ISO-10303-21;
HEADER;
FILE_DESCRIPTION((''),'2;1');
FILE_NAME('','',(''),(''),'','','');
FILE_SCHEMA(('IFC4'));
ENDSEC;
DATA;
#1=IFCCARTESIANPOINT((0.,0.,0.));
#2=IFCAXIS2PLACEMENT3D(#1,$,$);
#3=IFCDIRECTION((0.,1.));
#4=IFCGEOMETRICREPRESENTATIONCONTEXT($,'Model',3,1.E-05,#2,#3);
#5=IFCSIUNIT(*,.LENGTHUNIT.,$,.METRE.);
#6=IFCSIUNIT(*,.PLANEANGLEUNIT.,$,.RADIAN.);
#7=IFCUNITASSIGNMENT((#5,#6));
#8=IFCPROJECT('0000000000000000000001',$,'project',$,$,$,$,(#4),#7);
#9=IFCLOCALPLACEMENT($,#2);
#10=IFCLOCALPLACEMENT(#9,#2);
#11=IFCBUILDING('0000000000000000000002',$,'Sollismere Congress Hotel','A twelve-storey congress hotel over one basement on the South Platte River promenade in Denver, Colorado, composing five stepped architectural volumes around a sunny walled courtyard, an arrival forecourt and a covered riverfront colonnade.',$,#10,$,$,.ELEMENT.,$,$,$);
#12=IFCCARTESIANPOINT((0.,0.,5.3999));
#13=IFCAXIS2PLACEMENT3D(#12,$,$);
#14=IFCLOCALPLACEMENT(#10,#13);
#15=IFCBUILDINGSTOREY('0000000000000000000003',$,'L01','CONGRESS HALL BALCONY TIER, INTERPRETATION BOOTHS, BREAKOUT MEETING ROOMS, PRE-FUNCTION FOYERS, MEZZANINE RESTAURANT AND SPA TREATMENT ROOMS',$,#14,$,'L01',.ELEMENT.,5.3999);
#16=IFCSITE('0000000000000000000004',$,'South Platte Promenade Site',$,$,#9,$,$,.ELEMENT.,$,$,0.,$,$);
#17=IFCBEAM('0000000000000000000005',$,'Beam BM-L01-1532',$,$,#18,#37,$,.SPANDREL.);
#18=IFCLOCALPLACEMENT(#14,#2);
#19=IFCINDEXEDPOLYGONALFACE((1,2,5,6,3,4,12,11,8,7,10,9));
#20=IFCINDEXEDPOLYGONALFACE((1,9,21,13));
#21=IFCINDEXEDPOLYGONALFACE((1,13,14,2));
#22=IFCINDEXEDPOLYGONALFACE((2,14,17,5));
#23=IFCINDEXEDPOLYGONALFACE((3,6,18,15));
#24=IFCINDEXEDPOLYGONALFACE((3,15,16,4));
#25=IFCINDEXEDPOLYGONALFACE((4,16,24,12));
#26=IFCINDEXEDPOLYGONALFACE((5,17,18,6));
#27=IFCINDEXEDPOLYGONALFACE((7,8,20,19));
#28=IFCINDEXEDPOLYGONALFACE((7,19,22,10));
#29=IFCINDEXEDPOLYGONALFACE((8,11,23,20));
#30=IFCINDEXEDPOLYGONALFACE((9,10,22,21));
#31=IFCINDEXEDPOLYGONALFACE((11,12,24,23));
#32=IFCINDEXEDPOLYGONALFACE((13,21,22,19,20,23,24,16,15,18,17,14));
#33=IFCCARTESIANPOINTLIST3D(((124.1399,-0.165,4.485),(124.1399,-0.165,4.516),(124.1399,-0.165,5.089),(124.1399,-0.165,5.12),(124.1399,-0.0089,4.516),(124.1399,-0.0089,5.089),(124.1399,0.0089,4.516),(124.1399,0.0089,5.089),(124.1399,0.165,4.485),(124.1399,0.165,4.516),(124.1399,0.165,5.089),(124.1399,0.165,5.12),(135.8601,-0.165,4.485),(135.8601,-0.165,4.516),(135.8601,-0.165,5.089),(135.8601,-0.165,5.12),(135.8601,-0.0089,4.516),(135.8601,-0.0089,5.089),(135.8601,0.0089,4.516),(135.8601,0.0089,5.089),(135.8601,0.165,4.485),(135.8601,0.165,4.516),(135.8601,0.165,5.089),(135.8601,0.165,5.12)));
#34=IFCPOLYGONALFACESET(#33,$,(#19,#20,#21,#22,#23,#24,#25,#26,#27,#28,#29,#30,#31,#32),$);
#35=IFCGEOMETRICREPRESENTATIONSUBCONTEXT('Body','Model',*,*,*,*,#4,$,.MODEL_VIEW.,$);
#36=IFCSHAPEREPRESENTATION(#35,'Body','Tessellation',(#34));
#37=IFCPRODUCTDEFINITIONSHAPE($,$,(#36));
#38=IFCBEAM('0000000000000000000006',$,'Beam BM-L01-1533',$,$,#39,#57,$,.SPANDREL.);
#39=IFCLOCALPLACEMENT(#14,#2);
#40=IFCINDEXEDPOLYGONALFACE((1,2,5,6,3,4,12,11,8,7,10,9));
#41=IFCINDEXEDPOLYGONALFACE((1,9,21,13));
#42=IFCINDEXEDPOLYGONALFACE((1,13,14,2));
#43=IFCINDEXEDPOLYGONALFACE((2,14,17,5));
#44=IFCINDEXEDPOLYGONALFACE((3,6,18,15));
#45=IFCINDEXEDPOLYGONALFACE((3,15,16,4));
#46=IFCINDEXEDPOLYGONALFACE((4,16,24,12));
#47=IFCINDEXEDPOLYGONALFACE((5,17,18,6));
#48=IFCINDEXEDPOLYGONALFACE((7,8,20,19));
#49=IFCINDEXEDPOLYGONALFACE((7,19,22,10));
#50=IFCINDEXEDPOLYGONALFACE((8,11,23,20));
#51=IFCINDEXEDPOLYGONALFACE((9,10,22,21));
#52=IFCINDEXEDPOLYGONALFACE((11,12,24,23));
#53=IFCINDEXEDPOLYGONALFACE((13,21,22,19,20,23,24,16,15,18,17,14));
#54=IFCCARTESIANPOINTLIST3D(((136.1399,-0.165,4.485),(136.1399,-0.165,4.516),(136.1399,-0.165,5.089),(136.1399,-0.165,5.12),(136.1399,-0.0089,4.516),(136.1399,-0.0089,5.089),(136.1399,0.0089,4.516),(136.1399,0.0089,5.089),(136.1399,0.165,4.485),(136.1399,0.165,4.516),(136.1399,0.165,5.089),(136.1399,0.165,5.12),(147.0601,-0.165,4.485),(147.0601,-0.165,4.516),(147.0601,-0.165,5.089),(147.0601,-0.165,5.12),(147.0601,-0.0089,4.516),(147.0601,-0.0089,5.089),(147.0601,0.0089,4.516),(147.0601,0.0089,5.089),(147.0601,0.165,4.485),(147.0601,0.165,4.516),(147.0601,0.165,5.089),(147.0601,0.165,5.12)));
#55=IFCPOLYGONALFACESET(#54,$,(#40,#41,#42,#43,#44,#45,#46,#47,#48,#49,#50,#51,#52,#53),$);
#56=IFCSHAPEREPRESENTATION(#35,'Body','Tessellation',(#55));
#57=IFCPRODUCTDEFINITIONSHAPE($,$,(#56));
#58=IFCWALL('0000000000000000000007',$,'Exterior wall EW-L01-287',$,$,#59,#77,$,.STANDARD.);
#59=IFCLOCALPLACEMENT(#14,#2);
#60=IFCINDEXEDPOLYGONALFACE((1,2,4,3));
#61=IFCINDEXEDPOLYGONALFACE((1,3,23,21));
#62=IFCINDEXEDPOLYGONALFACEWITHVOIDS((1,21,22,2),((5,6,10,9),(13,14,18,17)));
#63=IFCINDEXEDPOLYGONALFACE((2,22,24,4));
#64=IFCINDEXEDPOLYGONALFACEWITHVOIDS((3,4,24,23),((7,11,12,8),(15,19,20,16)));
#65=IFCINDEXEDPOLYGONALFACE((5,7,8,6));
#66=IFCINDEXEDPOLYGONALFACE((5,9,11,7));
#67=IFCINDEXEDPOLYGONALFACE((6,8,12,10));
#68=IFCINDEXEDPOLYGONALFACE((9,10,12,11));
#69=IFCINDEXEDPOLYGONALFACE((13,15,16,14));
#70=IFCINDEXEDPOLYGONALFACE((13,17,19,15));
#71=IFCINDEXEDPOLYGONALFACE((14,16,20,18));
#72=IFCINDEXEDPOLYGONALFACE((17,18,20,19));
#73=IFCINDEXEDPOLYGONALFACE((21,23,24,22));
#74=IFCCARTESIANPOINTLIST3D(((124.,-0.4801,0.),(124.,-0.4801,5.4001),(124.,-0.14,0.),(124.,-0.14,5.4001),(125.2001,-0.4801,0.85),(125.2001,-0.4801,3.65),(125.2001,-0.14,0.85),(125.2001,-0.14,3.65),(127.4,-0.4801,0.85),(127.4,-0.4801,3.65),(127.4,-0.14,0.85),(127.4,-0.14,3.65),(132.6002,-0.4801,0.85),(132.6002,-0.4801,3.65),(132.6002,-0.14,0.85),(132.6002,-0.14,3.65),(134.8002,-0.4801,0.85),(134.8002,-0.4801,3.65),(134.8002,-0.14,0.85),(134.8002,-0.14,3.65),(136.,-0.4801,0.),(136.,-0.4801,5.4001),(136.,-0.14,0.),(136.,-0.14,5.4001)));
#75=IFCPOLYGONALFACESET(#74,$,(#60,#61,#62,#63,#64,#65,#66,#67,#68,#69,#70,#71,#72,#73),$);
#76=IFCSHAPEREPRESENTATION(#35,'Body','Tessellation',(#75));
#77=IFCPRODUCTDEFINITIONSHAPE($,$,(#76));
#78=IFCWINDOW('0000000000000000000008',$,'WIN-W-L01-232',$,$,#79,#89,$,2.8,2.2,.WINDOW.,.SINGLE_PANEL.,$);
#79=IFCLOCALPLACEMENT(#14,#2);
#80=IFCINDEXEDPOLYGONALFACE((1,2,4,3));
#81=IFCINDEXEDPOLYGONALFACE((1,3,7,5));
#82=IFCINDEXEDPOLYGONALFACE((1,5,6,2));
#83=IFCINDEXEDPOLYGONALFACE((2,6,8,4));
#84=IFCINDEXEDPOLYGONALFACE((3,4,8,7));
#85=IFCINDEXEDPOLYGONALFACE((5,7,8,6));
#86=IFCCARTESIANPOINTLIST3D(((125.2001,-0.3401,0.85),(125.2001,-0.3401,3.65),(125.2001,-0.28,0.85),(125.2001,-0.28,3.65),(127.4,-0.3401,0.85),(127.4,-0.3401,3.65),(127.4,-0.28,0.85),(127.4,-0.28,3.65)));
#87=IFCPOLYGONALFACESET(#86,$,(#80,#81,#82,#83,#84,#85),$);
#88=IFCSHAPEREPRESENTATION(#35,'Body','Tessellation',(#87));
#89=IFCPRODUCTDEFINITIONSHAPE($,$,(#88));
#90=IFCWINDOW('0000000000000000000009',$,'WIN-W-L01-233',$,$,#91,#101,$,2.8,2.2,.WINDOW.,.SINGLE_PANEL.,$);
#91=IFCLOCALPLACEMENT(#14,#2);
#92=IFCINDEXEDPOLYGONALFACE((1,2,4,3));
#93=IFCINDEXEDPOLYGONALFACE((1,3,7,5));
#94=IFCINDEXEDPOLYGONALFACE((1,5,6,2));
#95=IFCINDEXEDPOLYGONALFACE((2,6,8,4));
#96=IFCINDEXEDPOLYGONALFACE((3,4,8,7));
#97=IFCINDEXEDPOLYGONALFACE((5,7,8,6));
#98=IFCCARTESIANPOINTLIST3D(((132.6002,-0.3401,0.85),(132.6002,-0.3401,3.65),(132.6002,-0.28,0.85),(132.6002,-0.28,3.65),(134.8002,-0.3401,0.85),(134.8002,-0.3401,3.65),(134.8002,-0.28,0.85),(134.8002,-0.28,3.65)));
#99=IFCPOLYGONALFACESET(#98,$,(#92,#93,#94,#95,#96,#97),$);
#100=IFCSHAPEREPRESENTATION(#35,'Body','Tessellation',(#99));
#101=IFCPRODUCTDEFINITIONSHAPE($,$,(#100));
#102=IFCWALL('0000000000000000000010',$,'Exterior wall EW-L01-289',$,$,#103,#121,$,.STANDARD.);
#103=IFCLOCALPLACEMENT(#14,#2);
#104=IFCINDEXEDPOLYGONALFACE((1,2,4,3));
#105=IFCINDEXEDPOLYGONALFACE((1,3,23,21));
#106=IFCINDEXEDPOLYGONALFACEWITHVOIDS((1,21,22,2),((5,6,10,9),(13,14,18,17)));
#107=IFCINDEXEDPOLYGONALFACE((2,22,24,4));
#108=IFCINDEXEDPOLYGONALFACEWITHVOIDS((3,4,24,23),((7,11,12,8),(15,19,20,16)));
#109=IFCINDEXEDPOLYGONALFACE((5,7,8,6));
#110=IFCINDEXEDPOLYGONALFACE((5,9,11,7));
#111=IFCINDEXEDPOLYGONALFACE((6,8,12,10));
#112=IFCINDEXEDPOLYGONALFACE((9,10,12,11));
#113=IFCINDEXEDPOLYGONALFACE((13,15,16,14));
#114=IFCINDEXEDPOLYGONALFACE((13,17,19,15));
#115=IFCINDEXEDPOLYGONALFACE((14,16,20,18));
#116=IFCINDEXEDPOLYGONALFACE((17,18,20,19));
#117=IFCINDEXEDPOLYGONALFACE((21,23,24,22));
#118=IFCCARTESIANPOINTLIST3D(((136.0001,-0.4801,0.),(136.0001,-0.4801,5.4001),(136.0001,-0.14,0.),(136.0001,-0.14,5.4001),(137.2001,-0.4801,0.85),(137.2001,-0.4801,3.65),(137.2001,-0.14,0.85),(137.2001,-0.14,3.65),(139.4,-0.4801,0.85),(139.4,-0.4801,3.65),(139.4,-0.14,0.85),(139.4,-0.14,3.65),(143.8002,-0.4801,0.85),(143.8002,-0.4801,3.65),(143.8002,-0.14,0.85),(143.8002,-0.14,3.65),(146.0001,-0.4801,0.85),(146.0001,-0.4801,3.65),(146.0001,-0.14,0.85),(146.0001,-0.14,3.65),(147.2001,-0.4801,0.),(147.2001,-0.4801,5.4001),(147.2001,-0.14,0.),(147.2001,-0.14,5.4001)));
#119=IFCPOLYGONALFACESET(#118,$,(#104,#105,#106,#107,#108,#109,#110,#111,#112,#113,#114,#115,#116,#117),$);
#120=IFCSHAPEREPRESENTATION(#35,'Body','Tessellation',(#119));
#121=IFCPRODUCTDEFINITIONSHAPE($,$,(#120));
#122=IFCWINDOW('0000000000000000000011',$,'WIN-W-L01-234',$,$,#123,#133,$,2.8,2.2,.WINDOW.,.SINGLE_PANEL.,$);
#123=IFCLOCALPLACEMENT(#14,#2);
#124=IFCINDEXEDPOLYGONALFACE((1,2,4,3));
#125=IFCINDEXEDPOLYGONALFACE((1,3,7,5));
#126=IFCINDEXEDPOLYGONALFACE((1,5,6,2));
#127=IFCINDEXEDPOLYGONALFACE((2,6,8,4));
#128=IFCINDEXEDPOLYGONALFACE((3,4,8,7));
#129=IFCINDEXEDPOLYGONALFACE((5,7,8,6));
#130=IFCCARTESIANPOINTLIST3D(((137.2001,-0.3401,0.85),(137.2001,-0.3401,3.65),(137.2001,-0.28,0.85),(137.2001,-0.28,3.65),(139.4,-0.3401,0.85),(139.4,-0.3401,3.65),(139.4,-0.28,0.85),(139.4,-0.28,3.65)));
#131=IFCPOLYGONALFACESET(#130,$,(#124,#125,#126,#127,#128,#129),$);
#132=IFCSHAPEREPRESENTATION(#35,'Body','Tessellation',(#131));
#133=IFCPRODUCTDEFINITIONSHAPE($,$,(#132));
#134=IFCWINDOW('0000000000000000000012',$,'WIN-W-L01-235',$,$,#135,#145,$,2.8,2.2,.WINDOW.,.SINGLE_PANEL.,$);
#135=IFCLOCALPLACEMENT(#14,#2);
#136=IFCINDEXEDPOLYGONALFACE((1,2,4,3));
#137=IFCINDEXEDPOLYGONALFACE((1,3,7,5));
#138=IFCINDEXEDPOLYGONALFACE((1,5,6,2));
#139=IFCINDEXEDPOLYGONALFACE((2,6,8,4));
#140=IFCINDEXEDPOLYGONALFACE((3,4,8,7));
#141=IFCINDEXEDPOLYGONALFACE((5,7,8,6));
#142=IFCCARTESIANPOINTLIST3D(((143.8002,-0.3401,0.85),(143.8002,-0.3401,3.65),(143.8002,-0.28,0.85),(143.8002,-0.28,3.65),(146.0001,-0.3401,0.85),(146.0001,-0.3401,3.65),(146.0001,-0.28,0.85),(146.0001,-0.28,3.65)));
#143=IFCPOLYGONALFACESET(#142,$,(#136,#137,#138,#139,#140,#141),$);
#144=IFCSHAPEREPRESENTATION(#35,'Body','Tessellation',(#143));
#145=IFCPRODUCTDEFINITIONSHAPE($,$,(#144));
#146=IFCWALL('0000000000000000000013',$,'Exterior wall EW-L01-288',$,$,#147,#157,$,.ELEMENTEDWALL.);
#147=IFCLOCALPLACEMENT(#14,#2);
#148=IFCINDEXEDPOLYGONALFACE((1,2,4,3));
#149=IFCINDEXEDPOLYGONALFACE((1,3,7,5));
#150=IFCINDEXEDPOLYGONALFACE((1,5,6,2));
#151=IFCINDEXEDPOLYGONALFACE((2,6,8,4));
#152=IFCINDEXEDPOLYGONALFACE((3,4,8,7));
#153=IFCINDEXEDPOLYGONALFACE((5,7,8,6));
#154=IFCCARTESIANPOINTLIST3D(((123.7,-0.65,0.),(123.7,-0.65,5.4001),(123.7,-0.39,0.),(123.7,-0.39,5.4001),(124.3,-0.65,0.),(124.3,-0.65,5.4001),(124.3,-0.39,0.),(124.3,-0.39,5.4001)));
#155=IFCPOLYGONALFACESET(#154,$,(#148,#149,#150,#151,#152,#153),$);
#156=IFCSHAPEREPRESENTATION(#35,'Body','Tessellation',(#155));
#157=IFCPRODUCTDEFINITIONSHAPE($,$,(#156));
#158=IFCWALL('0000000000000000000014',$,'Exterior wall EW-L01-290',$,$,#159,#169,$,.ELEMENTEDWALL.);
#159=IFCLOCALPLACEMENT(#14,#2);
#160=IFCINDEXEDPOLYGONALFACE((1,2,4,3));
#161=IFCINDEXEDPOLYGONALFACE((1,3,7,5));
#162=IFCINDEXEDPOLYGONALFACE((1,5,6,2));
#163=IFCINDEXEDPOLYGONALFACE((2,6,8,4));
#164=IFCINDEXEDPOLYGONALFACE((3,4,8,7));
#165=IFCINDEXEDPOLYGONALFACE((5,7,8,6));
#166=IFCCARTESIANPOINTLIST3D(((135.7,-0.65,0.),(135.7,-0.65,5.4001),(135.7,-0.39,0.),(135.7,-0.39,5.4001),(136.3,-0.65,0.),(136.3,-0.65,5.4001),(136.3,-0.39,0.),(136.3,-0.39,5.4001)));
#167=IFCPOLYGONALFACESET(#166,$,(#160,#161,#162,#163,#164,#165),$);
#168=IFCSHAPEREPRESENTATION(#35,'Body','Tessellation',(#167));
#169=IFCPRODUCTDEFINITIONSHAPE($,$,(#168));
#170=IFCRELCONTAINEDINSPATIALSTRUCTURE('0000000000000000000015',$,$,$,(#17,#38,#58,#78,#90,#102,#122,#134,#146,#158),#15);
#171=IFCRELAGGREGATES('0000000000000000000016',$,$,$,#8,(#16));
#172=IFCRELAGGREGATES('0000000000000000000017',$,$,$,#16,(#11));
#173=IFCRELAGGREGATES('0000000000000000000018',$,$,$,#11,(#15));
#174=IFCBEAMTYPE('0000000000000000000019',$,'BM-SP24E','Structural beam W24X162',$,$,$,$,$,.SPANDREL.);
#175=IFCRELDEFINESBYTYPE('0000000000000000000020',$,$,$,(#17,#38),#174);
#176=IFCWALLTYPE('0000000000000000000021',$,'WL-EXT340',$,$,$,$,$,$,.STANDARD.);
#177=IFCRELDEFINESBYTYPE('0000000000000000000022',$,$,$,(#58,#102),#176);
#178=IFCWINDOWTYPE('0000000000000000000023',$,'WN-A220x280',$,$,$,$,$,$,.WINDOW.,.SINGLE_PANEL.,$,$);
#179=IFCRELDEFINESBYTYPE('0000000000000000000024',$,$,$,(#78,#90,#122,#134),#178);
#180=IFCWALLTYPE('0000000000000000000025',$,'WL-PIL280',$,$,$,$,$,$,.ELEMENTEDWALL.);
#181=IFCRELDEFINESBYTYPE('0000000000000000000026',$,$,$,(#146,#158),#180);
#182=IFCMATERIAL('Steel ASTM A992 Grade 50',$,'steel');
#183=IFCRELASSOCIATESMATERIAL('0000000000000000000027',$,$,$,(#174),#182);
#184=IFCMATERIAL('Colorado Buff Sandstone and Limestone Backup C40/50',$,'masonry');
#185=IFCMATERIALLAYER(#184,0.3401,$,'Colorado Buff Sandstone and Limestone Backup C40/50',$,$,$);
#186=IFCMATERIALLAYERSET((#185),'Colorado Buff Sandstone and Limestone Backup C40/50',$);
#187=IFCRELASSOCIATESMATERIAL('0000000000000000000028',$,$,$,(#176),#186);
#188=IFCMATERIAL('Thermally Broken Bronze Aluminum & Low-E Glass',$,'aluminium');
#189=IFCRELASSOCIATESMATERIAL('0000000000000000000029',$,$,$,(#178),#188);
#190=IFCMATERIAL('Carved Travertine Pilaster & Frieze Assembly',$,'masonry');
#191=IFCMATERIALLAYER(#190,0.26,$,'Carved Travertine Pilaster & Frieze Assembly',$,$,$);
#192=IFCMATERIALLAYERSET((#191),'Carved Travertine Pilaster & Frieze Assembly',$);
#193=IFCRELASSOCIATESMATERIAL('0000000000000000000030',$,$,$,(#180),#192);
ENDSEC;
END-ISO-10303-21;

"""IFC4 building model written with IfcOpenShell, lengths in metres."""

from ifc_helpers import new_model, si_unit, direction, frame, frame_2d, origin, origin_2d, place, context, subcontext, project, spatial, rectangle, i_section, extrude, material, layer, layer_set, material_profile, profile_set, type_object, element, fill, save


model = new_model("IFC4")

# Units and contexts
model_context = context("Model", 3, precision=1e-05, world=origin(), true_north=direction((0.0, 1.0)))
body_context = subcontext(model_context, "Body", "Model", "MODEL_VIEW")
ifc_project = project(units=[si_unit("LENGTHUNIT", "METRE"), si_unit("PLANEANGLEUNIT", "RADIAN")], contexts=[model_context])

# Site, building, storey
site_placement = place(None, origin())
site = spatial("IfcSite", under=ifc_project, at=site_placement, Name="South Platte Promenade Site", CompositionType="ELEMENT", RefElevation=0.0)
building_placement = place(site_placement, origin())
building = spatial("IfcBuilding", under=site, at=building_placement, Name="Sollismere Congress Hotel", Description="A twelve-storey congress hotel over one basement on the South Platte River promenade in Denver, Colorado, composing five stepped architectural volumes around a sunny walled courtyard, an arrival forecourt and a covered riverfront colonnade.", CompositionType="ELEMENT")
storey_placement = place(building_placement, frame((0.0, 0.0, 5.3999)))
storey = spatial("IfcBuildingStorey", under=building, at=storey_placement, Name="L01", Description="CONGRESS HALL BALCONY TIER, INTERPRETATION BOOTHS, BREAKOUT MEETING ROOMS, PRE-FUNCTION FOYERS, MEZZANINE RESTAURANT AND SPA TREATMENT ROOMS", LongName="L01", CompositionType="ELEMENT", Elevation=5.3999)

# Shared definitions
ifc_material_1 = material(Name="Steel ASTM A992 Grade 50", Category="steel")

# Beams
ifc_material_profile_1 = material_profile(ifc_material_1, i_section(OverallWidth=0.3301, OverallDepth=0.635, WebThickness=0.0178, FlangeThickness=0.031, at=origin_2d()), Name="W24X162")
ifc_profile_set_1 = profile_set([ifc_material_profile_1], Name="Steel ASTM A992 Grade 50")
beam_type_1 = type_object("IfcBeamType", Name="BM-SP24E", Description="Structural beam W24X162", PredefinedType="SPANDREL", material=ifc_profile_set_1)
beam_1_placement = place(storey_placement, frame((124.1399, 0.0, 4.8025), z_axis=(1.0, 0.0, 0.0), x_axis=(0.0, 1.0, 0.0)))
element("IfcBeam", 1, at=beam_1_placement, inside=storey, type_object=beam_type_1, Name="Beam BM-L01-1532", PredefinedType="SPANDREL", context=body_context, shape_type="SweptSolid", body=[
    extrude(i_section(OverallWidth=0.3301, OverallDepth=0.635, WebThickness=0.0178, FlangeThickness=0.031, at=origin_2d()), origin(), (0.0, 0.0, 1.0), 11.7202),
])
beam_2_placement = place(storey_placement, frame((136.1399, 0.0, 4.8025), z_axis=(1.0, 0.0, 0.0), x_axis=(0.0, 1.0, 0.0)))
element("IfcBeam", 2, at=beam_2_placement, inside=storey, type_object=beam_type_1, Name="Beam BM-L01-1533", PredefinedType="SPANDREL", context=body_context, shape_type="SweptSolid", body=[
    extrude(i_section(OverallWidth=0.3301, OverallDepth=0.635, WebThickness=0.0178, FlangeThickness=0.031, at=origin_2d()), origin(), (0.0, 0.0, 1.0), 10.9202),
])

# Walls, openings, windows
ifc_material_2 = material(Name="Colorado Buff Sandstone and Limestone Backup C40/50", Category="masonry")
ifc_layer_1 = layer(ifc_material_2, 0.3401, Name="Colorado Buff Sandstone and Limestone Backup C40/50")
ifc_layer_set_1 = layer_set([ifc_layer_1], Name="Colorado Buff Sandstone and Limestone Backup C40/50")
wall_type_1 = type_object("IfcWallType", Name="WL-EXT340", PredefinedType="STANDARD", material=ifc_layer_set_1)
wall_1_placement = place(storey_placement, frame((124.0, -0.3101, 0.0), z_axis=(0.0, 0.0, 1.0), x_axis=(1.0, 0.0, 0.0)))
wall_1 = element("IfcWall", 3, at=wall_1_placement, inside=storey, type_object=wall_type_1, Name="Exterior wall EW-L01-287", PredefinedType="STANDARD", context=body_context, shape_type="SweptSolid", body=[
    extrude(rectangle(XDim=12.0, YDim=0.3401, at=frame_2d((6.0, 0.0))), origin(), (0.0, 0.0, 1.0), 5.4001),
])
opening_1_placement = place(wall_1_placement, frame((1.2, 0.0, 0.8501)))
opening_1 = element("IfcOpeningElement", 4, at=opening_1_placement, cuts=wall_1, PredefinedType="OPENING", context=body_context, shape_type="SweptSolid", body=[
    extrude(rectangle(XDim=2.2, YDim=2.8, at=frame_2d((1.1001, 1.3999))), frame((0.0, 0.1799, 0.0), z_axis=(0.0, -1.0, 0.0), x_axis=(1.0, 0.0, 0.0)), (0.0, 0.0, 1.0), 0.3601),
])
opening_2_placement = place(wall_1_placement, frame((8.6001, 0.0, 0.8501)))
opening_2 = element("IfcOpeningElement", 5, at=opening_2_placement, cuts=wall_1, PredefinedType="OPENING", context=body_context, shape_type="SweptSolid", body=[
    extrude(rectangle(XDim=2.2, YDim=2.8, at=frame_2d((1.1001, 1.3999))), frame((0.0, 0.1799, 0.0), z_axis=(0.0, -1.0, 0.0), x_axis=(1.0, 0.0, 0.0)), (0.0, 0.0, 1.0), 0.3601),
])
ifc_material_3 = material(Name="Thermally Broken Bronze Aluminum & Low-E Glass", Category="aluminium")
window_type = type_object("IfcWindowType", Name="WN-A220x280", PartitioningType="SINGLE_PANEL", PredefinedType="WINDOW", material=ifc_material_3)
window_1_placement = place(opening_1_placement, origin())
window_1 = element("IfcWindow", 6, at=window_1_placement, inside=storey, type_object=window_type, Name="WIN-W-L01-232", OverallHeight=2.8, OverallWidth=2.2, PartitioningType="SINGLE_PANEL", PredefinedType="WINDOW", context=body_context, shape_type="SweptSolid", body=[
    extrude(rectangle(XDim=2.2, YDim=2.8, at=frame_2d((1.1001, 1.3999))), frame((0.0, 0.03, 0.0), z_axis=(0.0, -1.0, 0.0), x_axis=(1.0, 0.0, 0.0)), (0.0, 0.0, 1.0), 0.0601),
])
fill(opening_1, window_1)
window_2_placement = place(opening_2_placement, origin())
window_2 = element("IfcWindow", 7, at=window_2_placement, inside=storey, type_object=window_type, Name="WIN-W-L01-233", OverallHeight=2.8, OverallWidth=2.2, PartitioningType="SINGLE_PANEL", PredefinedType="WINDOW", context=body_context, shape_type="SweptSolid", body=[
    extrude(rectangle(XDim=2.2, YDim=2.8, at=frame_2d((1.1001, 1.3999))), frame((0.0, 0.03, 0.0), z_axis=(0.0, -1.0, 0.0), x_axis=(1.0, 0.0, 0.0)), (0.0, 0.0, 1.0), 0.0601),
])
fill(opening_2, window_2)
wall_2_placement = place(storey_placement, frame((136.0, -0.3101, 0.0), z_axis=(0.0, 0.0, 1.0), x_axis=(1.0, 0.0, 0.0)))
wall_2 = element("IfcWall", 8, at=wall_2_placement, inside=storey, type_object=wall_type_1, Name="Exterior wall EW-L01-289", PredefinedType="STANDARD", context=body_context, shape_type="SweptSolid", body=[
    extrude(rectangle(XDim=11.2, YDim=0.3401, at=frame_2d((5.6001, 0.0))), origin(), (0.0, 0.0, 1.0), 5.4001),
])
opening_3_placement = place(wall_2_placement, frame((1.2, 0.0, 0.8501)))
opening_3 = element("IfcOpeningElement", 9, at=opening_3_placement, cuts=wall_2, PredefinedType="OPENING", context=body_context, shape_type="SweptSolid", body=[
    extrude(rectangle(XDim=2.2, YDim=2.8, at=frame_2d((1.1001, 1.3999))), frame((0.0, 0.1799, 0.0), z_axis=(0.0, -1.0, 0.0), x_axis=(1.0, 0.0, 0.0)), (0.0, 0.0, 1.0), 0.3601),
])
opening_4_placement = place(wall_2_placement, frame((7.8, 0.0, 0.8501)))
opening_4 = element("IfcOpeningElement", 10, at=opening_4_placement, cuts=wall_2, PredefinedType="OPENING", context=body_context, shape_type="SweptSolid", body=[
    extrude(rectangle(XDim=2.2, YDim=2.8, at=frame_2d((1.1001, 1.3999))), frame((0.0, 0.1799, 0.0), z_axis=(0.0, -1.0, 0.0), x_axis=(1.0, 0.0, 0.0)), (0.0, 0.0, 1.0), 0.3601),
])
window_3_placement = place(opening_3_placement, origin())
window_3 = element("IfcWindow", 11, at=window_3_placement, inside=storey, type_object=window_type, Name="WIN-W-L01-234", OverallHeight=2.8, OverallWidth=2.2, PartitioningType="SINGLE_PANEL", PredefinedType="WINDOW", context=body_context, shape_type="SweptSolid", body=[
    extrude(rectangle(XDim=2.2, YDim=2.8, at=frame_2d((1.1001, 1.3999))), frame((0.0, 0.03, 0.0), z_axis=(0.0, -1.0, 0.0), x_axis=(1.0, 0.0, 0.0)), (0.0, 0.0, 1.0), 0.0601),
])
fill(opening_3, window_3)
window_4_placement = place(opening_4_placement, origin())
window_4 = element("IfcWindow", 12, at=window_4_placement, inside=storey, type_object=window_type, Name="WIN-W-L01-235", OverallHeight=2.8, OverallWidth=2.2, PartitioningType="SINGLE_PANEL", PredefinedType="WINDOW", context=body_context, shape_type="SweptSolid", body=[
    extrude(rectangle(XDim=2.2, YDim=2.8, at=frame_2d((1.1001, 1.3999))), frame((0.0, 0.03, 0.0), z_axis=(0.0, -1.0, 0.0), x_axis=(1.0, 0.0, 0.0)), (0.0, 0.0, 1.0), 0.0601),
])
fill(opening_4, window_4)

# Walls
ifc_material_4 = material(Name="Carved Travertine Pilaster & Frieze Assembly", Category="masonry")
ifc_layer_2 = layer(ifc_material_4, 0.26, Name="Carved Travertine Pilaster & Frieze Assembly")
ifc_layer_set_2 = layer_set([ifc_layer_2], Name="Carved Travertine Pilaster & Frieze Assembly")
wall_type_2 = type_object("IfcWallType", Name="WL-PIL280", PredefinedType="ELEMENTEDWALL", material=ifc_layer_set_2)
for number, where, z_axis, x_axis, name in (
    (13, (123.7, -0.52, 0.0), (0.0, 0.0, 1.0), (1.0, 0.0, 0.0), "Exterior wall EW-L01-288"),
    (14, (135.7, -0.52, 0.0), (0.0, 0.0, 1.0), (1.0, 0.0, 0.0), "Exterior wall EW-L01-290"),
):
    element("IfcWall", number, at=place(storey_placement, frame(where, z_axis=z_axis, x_axis=x_axis)), inside=storey, type_object=wall_type_2, Name=name, PredefinedType="ELEMENTEDWALL", context=body_context, shape_type="SweptSolid", body=[
        extrude(rectangle(XDim=0.6001, YDim=0.26, at=frame_2d((0.3, 0.0))), origin(), (0.0, 0.0, 1.0), 5.4001),
    ])

save(model, "model.ifc")
